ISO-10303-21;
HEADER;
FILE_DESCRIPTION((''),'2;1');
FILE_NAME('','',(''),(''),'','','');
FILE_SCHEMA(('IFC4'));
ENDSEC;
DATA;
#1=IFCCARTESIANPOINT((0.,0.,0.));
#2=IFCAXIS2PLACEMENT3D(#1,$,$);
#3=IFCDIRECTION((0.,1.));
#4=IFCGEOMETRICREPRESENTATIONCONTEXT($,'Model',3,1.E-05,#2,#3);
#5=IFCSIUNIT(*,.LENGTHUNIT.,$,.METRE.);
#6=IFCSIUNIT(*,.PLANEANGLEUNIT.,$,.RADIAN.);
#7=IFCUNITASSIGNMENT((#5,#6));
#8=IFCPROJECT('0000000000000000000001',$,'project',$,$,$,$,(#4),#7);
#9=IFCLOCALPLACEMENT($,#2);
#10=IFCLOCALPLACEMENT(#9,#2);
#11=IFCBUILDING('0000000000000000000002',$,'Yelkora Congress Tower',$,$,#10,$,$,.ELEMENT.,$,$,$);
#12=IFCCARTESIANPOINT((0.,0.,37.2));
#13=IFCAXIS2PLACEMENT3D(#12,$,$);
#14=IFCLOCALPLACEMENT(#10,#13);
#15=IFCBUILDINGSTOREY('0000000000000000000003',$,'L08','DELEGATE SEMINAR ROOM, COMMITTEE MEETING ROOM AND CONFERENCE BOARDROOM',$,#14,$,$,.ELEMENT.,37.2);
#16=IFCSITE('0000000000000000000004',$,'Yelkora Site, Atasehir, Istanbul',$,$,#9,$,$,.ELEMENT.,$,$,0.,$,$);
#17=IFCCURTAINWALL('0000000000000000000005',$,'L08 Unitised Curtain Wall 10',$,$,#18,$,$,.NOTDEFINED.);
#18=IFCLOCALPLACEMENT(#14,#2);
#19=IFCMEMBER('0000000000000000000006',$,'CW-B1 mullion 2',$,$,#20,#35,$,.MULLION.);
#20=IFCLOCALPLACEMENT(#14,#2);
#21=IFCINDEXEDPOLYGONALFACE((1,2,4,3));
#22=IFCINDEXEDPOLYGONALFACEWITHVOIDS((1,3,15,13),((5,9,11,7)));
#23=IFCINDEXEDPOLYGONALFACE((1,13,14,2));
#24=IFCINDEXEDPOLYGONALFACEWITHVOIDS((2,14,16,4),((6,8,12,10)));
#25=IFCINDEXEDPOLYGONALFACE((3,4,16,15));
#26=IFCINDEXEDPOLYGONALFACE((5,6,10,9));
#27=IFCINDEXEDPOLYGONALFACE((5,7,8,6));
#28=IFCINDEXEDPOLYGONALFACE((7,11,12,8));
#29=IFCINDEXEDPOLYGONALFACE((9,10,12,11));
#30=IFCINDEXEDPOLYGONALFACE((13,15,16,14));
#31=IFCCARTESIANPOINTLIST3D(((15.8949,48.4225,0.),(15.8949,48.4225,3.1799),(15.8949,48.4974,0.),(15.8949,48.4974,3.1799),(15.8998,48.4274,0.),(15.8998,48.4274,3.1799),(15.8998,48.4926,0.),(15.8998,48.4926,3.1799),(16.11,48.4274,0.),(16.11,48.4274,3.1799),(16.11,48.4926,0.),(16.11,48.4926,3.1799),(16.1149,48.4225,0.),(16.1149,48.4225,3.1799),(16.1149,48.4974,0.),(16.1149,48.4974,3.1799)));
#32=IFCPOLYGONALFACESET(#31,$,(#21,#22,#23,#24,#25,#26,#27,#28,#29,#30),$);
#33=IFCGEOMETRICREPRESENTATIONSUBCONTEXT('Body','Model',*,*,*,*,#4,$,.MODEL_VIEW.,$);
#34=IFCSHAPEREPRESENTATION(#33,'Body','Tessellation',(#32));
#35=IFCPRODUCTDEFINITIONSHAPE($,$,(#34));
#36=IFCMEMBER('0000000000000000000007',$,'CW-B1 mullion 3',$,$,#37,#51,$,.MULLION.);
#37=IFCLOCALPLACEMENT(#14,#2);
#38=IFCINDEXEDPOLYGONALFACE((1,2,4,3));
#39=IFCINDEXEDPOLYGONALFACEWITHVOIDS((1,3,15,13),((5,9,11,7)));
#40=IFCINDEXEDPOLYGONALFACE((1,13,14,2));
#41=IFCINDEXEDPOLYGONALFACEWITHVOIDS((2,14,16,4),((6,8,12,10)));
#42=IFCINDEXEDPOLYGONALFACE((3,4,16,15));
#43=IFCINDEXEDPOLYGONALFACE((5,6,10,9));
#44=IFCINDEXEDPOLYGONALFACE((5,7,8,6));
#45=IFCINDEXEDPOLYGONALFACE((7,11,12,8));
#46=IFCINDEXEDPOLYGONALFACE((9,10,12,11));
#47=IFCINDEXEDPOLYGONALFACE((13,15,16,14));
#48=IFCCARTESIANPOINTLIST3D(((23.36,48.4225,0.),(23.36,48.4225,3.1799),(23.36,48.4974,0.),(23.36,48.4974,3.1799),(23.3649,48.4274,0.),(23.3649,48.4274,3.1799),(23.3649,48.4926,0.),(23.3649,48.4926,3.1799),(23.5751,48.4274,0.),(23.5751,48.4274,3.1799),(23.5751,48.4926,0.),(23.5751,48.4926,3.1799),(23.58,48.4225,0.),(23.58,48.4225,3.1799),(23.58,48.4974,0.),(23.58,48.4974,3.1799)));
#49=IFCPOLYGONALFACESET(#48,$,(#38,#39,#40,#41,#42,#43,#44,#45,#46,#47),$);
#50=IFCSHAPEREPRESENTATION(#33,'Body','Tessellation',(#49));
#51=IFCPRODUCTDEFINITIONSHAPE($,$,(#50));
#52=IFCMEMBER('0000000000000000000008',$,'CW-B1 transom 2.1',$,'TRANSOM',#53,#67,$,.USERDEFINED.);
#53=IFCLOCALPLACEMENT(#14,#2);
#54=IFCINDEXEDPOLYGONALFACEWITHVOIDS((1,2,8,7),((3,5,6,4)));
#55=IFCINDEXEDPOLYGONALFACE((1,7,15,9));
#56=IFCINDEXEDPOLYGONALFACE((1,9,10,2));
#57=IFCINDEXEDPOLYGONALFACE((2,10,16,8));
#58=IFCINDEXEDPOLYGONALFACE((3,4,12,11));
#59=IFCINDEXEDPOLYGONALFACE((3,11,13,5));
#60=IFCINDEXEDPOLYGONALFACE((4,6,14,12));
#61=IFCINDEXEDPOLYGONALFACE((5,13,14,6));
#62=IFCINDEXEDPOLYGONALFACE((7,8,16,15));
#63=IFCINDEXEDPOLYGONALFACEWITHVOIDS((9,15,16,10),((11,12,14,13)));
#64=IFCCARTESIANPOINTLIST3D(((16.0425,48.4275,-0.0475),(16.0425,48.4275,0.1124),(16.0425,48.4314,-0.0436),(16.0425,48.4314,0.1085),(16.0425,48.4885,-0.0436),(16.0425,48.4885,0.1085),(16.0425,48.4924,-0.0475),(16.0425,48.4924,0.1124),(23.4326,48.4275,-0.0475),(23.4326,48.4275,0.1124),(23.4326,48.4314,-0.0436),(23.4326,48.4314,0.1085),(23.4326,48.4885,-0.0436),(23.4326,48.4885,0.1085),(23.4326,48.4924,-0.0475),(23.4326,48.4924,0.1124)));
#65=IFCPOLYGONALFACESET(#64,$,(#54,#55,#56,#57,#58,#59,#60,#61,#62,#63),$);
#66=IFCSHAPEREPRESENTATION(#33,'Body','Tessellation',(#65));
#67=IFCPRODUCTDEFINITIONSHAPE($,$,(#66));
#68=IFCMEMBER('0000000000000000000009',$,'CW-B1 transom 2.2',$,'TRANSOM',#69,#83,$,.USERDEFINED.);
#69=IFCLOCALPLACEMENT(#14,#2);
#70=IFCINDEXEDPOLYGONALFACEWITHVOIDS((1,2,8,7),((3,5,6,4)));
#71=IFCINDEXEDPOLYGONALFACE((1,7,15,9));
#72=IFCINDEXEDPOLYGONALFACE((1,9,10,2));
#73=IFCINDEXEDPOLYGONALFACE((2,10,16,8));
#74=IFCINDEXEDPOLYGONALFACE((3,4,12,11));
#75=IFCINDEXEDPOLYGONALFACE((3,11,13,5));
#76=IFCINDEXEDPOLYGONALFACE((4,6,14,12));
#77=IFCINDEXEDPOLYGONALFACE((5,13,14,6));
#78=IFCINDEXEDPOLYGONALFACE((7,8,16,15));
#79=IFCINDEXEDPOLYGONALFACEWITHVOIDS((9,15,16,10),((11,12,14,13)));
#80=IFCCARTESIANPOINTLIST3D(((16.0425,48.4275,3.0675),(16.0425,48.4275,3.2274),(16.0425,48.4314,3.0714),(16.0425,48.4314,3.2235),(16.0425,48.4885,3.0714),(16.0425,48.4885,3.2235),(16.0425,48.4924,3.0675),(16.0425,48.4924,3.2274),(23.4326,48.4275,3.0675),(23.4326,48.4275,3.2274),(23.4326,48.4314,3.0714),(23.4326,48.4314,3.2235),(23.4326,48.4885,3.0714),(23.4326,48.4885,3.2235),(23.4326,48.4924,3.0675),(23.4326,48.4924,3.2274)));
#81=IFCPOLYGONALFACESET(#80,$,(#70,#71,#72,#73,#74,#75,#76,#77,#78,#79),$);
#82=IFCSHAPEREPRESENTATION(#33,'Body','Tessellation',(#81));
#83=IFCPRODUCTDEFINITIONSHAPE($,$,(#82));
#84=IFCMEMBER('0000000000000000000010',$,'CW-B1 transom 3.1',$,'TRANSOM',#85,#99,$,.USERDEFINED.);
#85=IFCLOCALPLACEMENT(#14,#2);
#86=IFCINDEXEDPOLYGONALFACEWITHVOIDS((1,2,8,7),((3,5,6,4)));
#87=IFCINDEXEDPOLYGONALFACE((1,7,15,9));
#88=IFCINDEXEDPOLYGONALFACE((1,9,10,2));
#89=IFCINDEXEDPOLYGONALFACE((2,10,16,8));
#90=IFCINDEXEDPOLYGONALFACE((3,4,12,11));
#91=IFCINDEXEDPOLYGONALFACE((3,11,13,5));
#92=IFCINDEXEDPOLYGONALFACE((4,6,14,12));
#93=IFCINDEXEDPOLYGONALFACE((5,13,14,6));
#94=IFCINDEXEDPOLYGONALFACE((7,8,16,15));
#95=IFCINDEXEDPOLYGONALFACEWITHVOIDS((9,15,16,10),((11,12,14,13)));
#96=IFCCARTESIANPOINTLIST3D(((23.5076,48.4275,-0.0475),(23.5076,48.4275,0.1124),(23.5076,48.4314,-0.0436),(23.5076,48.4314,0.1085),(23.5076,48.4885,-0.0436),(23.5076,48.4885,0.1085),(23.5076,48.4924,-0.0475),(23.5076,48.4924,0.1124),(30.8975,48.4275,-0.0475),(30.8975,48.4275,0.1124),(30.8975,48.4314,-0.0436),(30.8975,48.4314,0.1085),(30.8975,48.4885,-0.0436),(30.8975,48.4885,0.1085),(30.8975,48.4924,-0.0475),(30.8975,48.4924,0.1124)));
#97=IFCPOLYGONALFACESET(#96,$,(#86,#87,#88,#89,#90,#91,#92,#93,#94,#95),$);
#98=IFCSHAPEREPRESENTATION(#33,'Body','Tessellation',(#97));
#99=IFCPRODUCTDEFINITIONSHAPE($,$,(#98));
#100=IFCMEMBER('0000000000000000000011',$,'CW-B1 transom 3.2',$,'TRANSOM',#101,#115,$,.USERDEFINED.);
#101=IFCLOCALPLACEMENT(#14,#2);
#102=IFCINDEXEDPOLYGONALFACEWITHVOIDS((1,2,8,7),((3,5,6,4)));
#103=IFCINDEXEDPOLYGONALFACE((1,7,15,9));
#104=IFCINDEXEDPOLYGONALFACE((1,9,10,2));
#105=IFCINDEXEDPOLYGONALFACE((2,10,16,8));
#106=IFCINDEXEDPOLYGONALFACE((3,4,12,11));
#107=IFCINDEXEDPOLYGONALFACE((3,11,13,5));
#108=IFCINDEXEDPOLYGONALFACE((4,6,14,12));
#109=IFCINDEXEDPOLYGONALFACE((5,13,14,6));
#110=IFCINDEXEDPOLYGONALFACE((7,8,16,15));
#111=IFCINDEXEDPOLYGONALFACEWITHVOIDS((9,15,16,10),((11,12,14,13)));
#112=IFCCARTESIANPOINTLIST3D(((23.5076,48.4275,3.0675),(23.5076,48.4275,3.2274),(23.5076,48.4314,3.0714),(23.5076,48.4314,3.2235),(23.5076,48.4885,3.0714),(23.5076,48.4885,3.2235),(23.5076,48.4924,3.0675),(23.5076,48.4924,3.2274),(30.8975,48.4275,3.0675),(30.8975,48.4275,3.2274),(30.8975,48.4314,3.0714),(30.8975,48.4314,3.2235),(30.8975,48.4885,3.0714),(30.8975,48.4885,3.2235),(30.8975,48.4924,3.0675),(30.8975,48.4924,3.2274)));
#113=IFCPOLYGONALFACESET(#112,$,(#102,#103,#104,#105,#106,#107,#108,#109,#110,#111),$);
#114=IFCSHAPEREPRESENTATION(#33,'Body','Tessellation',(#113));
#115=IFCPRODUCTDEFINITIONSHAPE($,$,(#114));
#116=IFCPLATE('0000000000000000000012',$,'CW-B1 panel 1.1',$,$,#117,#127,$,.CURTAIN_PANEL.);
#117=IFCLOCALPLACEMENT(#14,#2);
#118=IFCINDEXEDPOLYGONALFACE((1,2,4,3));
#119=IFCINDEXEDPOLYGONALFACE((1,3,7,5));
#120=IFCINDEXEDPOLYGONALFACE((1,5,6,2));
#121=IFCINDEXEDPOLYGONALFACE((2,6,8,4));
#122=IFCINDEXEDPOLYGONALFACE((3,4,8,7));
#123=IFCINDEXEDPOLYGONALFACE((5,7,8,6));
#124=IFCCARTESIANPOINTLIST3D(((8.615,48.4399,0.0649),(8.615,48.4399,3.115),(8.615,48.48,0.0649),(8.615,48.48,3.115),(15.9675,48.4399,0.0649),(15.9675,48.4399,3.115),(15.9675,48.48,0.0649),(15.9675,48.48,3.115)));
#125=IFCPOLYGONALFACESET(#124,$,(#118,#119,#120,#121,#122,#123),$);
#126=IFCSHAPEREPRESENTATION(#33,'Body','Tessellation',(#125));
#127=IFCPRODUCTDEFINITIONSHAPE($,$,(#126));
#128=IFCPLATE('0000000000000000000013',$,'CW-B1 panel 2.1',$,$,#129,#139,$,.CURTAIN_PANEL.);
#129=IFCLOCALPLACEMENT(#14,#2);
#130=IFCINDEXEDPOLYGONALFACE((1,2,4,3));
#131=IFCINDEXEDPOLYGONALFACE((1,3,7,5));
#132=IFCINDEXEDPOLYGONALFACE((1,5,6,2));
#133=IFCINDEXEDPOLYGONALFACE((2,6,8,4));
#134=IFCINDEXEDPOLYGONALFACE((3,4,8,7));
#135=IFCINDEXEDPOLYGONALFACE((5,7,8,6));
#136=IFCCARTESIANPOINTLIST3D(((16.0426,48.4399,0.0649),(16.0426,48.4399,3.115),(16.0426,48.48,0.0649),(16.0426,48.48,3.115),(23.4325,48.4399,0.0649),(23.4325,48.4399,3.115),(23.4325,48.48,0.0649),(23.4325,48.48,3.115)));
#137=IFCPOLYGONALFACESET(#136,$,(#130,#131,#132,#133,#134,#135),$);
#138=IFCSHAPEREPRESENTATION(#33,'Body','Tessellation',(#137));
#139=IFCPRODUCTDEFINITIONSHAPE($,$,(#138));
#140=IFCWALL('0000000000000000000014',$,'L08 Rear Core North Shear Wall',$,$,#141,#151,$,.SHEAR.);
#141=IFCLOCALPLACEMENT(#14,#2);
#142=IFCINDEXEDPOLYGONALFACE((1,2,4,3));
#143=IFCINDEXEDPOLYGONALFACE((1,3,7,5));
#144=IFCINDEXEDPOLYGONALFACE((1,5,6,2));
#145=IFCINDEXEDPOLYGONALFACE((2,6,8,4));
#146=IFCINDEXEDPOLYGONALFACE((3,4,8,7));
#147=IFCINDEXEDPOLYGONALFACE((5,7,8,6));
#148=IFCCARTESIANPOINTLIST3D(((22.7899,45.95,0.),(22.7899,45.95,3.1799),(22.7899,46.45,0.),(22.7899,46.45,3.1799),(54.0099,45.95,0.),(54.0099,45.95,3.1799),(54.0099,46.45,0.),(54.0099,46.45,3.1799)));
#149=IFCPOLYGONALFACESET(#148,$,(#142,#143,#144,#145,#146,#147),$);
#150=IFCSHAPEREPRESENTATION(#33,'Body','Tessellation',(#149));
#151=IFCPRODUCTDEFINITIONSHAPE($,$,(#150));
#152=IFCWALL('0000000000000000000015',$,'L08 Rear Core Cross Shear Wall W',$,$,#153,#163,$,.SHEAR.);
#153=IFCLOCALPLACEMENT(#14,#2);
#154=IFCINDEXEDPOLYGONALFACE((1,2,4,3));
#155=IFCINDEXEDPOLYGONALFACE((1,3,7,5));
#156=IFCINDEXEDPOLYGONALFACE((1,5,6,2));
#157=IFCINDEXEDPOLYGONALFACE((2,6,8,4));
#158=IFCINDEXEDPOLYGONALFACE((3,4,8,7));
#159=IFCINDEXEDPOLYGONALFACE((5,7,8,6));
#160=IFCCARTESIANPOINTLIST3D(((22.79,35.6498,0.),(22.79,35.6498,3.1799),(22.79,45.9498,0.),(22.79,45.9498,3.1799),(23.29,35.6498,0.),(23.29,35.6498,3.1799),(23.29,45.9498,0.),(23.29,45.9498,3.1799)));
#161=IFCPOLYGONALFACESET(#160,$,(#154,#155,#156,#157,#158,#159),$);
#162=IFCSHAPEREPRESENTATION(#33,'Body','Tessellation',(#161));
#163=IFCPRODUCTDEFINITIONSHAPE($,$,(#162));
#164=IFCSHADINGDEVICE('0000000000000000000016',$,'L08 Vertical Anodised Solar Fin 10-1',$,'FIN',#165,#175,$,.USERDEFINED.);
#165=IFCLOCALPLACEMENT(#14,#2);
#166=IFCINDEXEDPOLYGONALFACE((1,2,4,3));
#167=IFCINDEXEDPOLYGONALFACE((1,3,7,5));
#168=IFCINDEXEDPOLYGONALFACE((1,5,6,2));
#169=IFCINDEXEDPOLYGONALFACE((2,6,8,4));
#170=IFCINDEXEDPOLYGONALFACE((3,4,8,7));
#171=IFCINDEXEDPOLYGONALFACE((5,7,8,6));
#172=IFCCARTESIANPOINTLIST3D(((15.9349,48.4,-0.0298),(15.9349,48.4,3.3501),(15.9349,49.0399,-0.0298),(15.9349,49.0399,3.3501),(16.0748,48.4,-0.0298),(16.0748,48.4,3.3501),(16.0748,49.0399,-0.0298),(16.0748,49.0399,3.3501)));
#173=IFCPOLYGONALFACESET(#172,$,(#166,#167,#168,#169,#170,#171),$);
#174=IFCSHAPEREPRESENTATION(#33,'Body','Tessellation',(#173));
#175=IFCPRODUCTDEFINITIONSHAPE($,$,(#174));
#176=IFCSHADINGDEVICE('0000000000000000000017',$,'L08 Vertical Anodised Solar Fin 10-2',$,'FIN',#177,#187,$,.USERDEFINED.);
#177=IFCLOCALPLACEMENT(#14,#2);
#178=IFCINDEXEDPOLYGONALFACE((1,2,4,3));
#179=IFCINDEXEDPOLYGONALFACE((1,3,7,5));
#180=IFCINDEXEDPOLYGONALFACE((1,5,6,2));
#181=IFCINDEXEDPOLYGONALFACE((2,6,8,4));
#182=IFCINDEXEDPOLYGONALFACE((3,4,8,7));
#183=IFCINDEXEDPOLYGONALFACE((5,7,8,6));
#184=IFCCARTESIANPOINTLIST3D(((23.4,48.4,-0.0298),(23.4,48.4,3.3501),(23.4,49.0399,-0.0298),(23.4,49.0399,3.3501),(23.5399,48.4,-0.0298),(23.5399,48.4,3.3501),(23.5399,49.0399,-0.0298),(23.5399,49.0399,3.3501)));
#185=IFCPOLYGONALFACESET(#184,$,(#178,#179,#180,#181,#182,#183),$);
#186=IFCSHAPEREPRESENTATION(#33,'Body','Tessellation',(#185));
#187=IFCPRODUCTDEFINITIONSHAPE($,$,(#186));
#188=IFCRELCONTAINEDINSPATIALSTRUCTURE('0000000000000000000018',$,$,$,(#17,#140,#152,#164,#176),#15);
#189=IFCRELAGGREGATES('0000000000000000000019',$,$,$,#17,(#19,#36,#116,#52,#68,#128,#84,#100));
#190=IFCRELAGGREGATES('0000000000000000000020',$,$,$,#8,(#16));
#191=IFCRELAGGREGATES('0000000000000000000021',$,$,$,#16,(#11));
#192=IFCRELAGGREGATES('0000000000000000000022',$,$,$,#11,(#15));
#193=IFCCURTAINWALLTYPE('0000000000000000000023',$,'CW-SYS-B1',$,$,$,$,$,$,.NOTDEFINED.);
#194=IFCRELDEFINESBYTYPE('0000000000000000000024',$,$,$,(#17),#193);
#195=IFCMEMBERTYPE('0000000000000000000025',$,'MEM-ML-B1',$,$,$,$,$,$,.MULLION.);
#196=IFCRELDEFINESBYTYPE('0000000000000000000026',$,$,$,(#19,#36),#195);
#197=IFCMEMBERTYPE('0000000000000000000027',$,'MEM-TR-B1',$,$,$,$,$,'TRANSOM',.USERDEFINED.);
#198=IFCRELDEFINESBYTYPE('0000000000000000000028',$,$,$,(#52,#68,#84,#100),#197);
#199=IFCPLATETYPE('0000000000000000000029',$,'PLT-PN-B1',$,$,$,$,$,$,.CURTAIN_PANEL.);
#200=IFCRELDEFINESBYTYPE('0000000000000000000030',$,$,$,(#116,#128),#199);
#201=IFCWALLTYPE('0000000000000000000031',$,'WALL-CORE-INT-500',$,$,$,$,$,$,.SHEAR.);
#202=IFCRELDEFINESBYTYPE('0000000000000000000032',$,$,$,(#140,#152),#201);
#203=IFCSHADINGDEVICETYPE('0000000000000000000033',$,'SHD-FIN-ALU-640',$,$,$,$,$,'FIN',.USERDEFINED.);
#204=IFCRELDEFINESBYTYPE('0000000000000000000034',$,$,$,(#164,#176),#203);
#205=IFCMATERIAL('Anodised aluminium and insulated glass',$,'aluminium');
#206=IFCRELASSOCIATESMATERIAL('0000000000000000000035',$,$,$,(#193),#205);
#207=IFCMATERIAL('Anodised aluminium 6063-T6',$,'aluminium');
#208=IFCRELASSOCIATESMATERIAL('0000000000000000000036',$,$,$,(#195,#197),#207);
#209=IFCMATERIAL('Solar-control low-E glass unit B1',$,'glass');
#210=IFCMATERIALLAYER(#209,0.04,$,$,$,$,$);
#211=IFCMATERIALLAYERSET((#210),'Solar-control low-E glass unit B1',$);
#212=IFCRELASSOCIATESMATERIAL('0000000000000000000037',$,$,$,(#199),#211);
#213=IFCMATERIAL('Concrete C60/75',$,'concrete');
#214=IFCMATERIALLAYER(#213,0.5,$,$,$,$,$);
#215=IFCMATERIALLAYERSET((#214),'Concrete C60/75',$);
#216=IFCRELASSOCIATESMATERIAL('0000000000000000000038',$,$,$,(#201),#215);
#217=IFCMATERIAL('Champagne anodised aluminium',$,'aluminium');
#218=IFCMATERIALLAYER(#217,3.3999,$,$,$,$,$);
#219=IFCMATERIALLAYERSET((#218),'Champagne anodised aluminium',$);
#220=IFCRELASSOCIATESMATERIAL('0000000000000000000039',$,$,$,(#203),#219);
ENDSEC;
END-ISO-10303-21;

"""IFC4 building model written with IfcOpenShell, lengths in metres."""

from ifc_helpers import new_model, si_unit, direction, frame, frame_2d, origin, origin_2d, place, context, subcontext, project, spatial, rectangle, hollow_rectangle, extrude, material, layer, layer_set, material_profile, profile_set, type_object, element, aggregate, save


model = new_model("IFC4")

# Units and contexts
model_context = context("Model", 3, precision=1e-05, world=origin(), true_north=direction((0.0, 1.0)))
body_context = subcontext(model_context, "Body", "Model", "MODEL_VIEW")
ifc_project = project(units=[si_unit("LENGTHUNIT", "METRE"), si_unit("PLANEANGLEUNIT", "RADIAN")], contexts=[model_context])

# Site, building, storey
site_placement = place(None, origin())
site = spatial("IfcSite", under=ifc_project, at=site_placement, Name="Yelkora Site, Atasehir, Istanbul", CompositionType="ELEMENT", RefElevation=0.0)
building_placement = place(site_placement, origin())
building = spatial("IfcBuilding", under=site, at=building_placement, Name="Yelkora Congress Tower", CompositionType="ELEMENT")
storey_placement = place(building_placement, frame((0.0, 0.0, 37.2)))
storey = spatial("IfcBuildingStorey", under=building, at=storey_placement, Name="L08", Description="DELEGATE SEMINAR ROOM, COMMITTEE MEETING ROOM AND CONFERENCE BOARDROOM", CompositionType="ELEMENT", Elevation=37.2)

# Shared definitions
ifc_material_1 = material(Name="Concrete C60/75", Category="concrete")

# Curtain wall, members, plates
ifc_material_2 = material(Name="Anodised aluminium and insulated glass", Category="aluminium")
curtain_wall_type = type_object("IfcCurtainWallType", Name="CW-SYS-B1", PredefinedType="NOTDEFINED", material=ifc_material_2)
curtain_wall_placement = place(storey_placement, origin())
curtain_wall = element("IfcCurtainWall", 1, at=curtain_wall_placement, inside=storey, type_object=curtain_wall_type, Name="L08 Unitised Curtain Wall 10", PredefinedType="NOTDEFINED")
ifc_material_3 = material(Name="Anodised aluminium 6063-T6", Category="aluminium")
ifc_material_profile_1 = material_profile(ifc_material_3, hollow_rectangle(XDim=0.075, YDim=0.22, WallThickness=0.0049, at=origin_2d()), Name="ALU 75x220x5")
ifc_profile_set_1 = profile_set([ifc_material_profile_1], Name="Anodised aluminium 6063-T6")
member_type_1 = type_object("IfcMemberType", Name="MEM-ML-B1", PredefinedType="MULLION", material=ifc_profile_set_1)
member_1_placement = place(storey_placement, frame((16.0049, 48.46, 0.0), z_axis=(0.0, 0.0, 1.0), x_axis=(0.0, 1.0, 0.0)))
member_1 = element("IfcMember", 2, at=member_1_placement, type_object=member_type_1, Name="CW-B1 mullion 2", PredefinedType="MULLION", context=body_context, shape_type="SweptSolid", body=[
    extrude(hollow_rectangle(XDim=0.075, YDim=0.22, WallThickness=0.0049, at=origin_2d()), origin(), (0.0, 0.0, 1.0), 3.1799),
])
member_2_placement = place(storey_placement, frame((23.47, 48.46, 0.0), z_axis=(0.0, 0.0, 1.0), x_axis=(0.0, 1.0, 0.0)))
member_2 = element("IfcMember", 3, at=member_2_placement, type_object=member_type_1, Name="CW-B1 mullion 3", PredefinedType="MULLION", context=body_context, shape_type="SweptSolid", body=[
    extrude(hollow_rectangle(XDim=0.075, YDim=0.22, WallThickness=0.0049, at=origin_2d()), origin(), (0.0, 0.0, 1.0), 3.1799),
])
ifc_material_profile_2 = material_profile(ifc_material_3, hollow_rectangle(XDim=0.0649, YDim=0.1599, WallThickness=0.0039, at=origin_2d()), Name="ALU 65x160x4")
ifc_profile_set_2 = profile_set([ifc_material_profile_2], Name="Anodised aluminium 6063-T6")
member_type_2 = type_object("IfcMemberType", Name="MEM-TR-B1", ElementType="TRANSOM", PredefinedType="USERDEFINED", material=ifc_profile_set_2)
member_3_placement = place(storey_placement, frame((16.0425, 48.46, 0.0325), z_axis=(1.0, 0.0, 0.0), x_axis=(0.0, 1.0, 0.0)))
member_3 = element("IfcMember", 4, at=member_3_placement, type_object=member_type_2, Name="CW-B1 transom 2.1", ObjectType="TRANSOM", PredefinedType="USERDEFINED", context=body_context, shape_type="SweptSolid", body=[
    extrude(hollow_rectangle(XDim=0.0649, YDim=0.1599, WallThickness=0.0039, at=origin_2d()), origin(), (0.0, 0.0, 1.0), 7.3901),
])
member_4_placement = place(storey_placement, frame((16.0425, 48.46, 3.1475), z_axis=(1.0, 0.0, 0.0), x_axis=(0.0, 1.0, 0.0)))
member_4 = element("IfcMember", 5, at=member_4_placement, type_object=member_type_2, Name="CW-B1 transom 2.2", ObjectType="TRANSOM", PredefinedType="USERDEFINED", context=body_context, shape_type="SweptSolid", body=[
    extrude(hollow_rectangle(XDim=0.0649, YDim=0.1599, WallThickness=0.0039, at=origin_2d()), origin(), (0.0, 0.0, 1.0), 7.3901),
])
member_5_placement = place(storey_placement, frame((23.5076, 48.46, 0.0325), z_axis=(1.0, 0.0, 0.0), x_axis=(0.0, 1.0, 0.0)))
member_5 = element("IfcMember", 6, at=member_5_placement, type_object=member_type_2, Name="CW-B1 transom 3.1", ObjectType="TRANSOM", PredefinedType="USERDEFINED", context=body_context, shape_type="SweptSolid", body=[
    extrude(hollow_rectangle(XDim=0.0649, YDim=0.1599, WallThickness=0.0039, at=origin_2d()), origin(), (0.0, 0.0, 1.0), 7.3899),
])
member_6_placement = place(storey_placement, frame((23.5076, 48.46, 3.1475), z_axis=(1.0, 0.0, 0.0), x_axis=(0.0, 1.0, 0.0)))
member_6 = element("IfcMember", 7, at=member_6_placement, type_object=member_type_2, Name="CW-B1 transom 3.2", ObjectType="TRANSOM", PredefinedType="USERDEFINED", context=body_context, shape_type="SweptSolid", body=[
    extrude(hollow_rectangle(XDim=0.0649, YDim=0.1599, WallThickness=0.0039, at=origin_2d()), origin(), (0.0, 0.0, 1.0), 7.3899),
])
ifc_material_4 = material(Name="Solar-control low-E glass unit B1", Category="glass")
ifc_layer_1 = layer(ifc_material_4, 0.04)
ifc_layer_set_1 = layer_set([ifc_layer_1], Name="Solar-control low-E glass unit B1")
plate_type = type_object("IfcPlateType", Name="PLT-PN-B1", PredefinedType="CURTAIN_PANEL", material=ifc_layer_set_1)
plate_1_placement = place(storey_placement, frame((12.2913, 48.46, 0.0649), z_axis=(0.0, 0.0, 1.0), x_axis=(1.0, 0.0, 0.0)))
plate_1 = element("IfcPlate", 8, at=plate_1_placement, type_object=plate_type, Name="CW-B1 panel 1.1", PredefinedType="CURTAIN_PANEL", context=body_context, shape_type="SweptSolid", body=[
    extrude(rectangle(XDim=7.3525, YDim=0.04, at=origin_2d()), origin(), (0.0, 0.0, 1.0), 3.05),
])
plate_2_placement = place(storey_placement, frame((19.7375, 48.46, 0.0649), z_axis=(0.0, 0.0, 1.0), x_axis=(1.0, 0.0, 0.0)))
plate_2 = element("IfcPlate", 9, at=plate_2_placement, type_object=plate_type, Name="CW-B1 panel 2.1", PredefinedType="CURTAIN_PANEL", context=body_context, shape_type="SweptSolid", body=[
    extrude(rectangle(XDim=7.3899, YDim=0.04, at=origin_2d()), origin(), (0.0, 0.0, 1.0), 3.05),
])
aggregate(curtain_wall, [member_1, member_2, plate_1, member_3, member_4, plate_2, member_5, member_6])

# Walls
ifc_layer_2 = layer(ifc_material_1, 0.5)
ifc_layer_set_2 = layer_set([ifc_layer_2], Name="Concrete C60/75")
wall_type_1 = type_object("IfcWallType", Name="WALL-CORE-INT-500", PredefinedType="SHEAR", material=ifc_layer_set_2)
wall_1_placement = place(storey_placement, frame((22.79, 46.2, 0.0), z_axis=(0.0, 0.0, 1.0), x_axis=(1.0, 0.0, 0.0)))
element("IfcWall", 10, at=wall_1_placement, inside=storey, type_object=wall_type_1, Name="L08 Rear Core North Shear Wall", PredefinedType="SHEAR", context=body_context, shape_type="SweptSolid", body=[
    extrude(rectangle(XDim=31.22, YDim=0.5, at=frame_2d((15.6099, 0.0))), origin(), (0.0, 0.0, 1.0), 3.1799),
])
wall_2_placement = place(storey_placement, frame((23.04, 35.6499, 0.0), z_axis=(0.0, 0.0, 1.0), x_axis=(0.0, 1.0, 0.0)))
element("IfcWall", 11, at=wall_2_placement, inside=storey, type_object=wall_type_1, Name="L08 Rear Core Cross Shear Wall W", PredefinedType="SHEAR", context=body_context, shape_type="SweptSolid", body=[
    extrude(rectangle(XDim=10.3, YDim=0.5, at=frame_2d((5.1499, 0.0))), origin(), (0.0, 0.0, 1.0), 3.1799),
])

# Shading devices
ifc_material_5 = material(Name="Champagne anodised aluminium", Category="aluminium")
ifc_layer_3 = layer(ifc_material_5, 3.3999)
ifc_layer_set_3 = layer_set([ifc_layer_3], Name="Champagne anodised aluminium")
shading_device_type = type_object("IfcShadingDeviceType", Name="SHD-FIN-ALU-640", ElementType="FIN", PredefinedType="USERDEFINED", material=ifc_layer_set_3)
for number, where, z_axis, x_axis, name in (
    (12, (16.0049, 48.72, -0.0298), (0.0, 0.0, 1.0), (1.0, 0.0, 0.0), "L08 Vertical Anodised Solar Fin 10-1"),
    (13, (23.47, 48.72, -0.0298), (0.0, 0.0, 1.0), (1.0, 0.0, 0.0), "L08 Vertical Anodised Solar Fin 10-2"),
):
    element("IfcShadingDevice", number, at=place(storey_placement, frame(where, z_axis=z_axis, x_axis=x_axis)), inside=storey, type_object=shading_device_type, Name=name, ObjectType="FIN", PredefinedType="USERDEFINED", context=body_context, shape_type="SweptSolid", body=[
        extrude(rectangle(XDim=0.1399, YDim=0.6399, at=origin_2d()), origin(), (0.0, 0.0, 1.0), 3.3799),
    ])

save(model, "model.ifc")
